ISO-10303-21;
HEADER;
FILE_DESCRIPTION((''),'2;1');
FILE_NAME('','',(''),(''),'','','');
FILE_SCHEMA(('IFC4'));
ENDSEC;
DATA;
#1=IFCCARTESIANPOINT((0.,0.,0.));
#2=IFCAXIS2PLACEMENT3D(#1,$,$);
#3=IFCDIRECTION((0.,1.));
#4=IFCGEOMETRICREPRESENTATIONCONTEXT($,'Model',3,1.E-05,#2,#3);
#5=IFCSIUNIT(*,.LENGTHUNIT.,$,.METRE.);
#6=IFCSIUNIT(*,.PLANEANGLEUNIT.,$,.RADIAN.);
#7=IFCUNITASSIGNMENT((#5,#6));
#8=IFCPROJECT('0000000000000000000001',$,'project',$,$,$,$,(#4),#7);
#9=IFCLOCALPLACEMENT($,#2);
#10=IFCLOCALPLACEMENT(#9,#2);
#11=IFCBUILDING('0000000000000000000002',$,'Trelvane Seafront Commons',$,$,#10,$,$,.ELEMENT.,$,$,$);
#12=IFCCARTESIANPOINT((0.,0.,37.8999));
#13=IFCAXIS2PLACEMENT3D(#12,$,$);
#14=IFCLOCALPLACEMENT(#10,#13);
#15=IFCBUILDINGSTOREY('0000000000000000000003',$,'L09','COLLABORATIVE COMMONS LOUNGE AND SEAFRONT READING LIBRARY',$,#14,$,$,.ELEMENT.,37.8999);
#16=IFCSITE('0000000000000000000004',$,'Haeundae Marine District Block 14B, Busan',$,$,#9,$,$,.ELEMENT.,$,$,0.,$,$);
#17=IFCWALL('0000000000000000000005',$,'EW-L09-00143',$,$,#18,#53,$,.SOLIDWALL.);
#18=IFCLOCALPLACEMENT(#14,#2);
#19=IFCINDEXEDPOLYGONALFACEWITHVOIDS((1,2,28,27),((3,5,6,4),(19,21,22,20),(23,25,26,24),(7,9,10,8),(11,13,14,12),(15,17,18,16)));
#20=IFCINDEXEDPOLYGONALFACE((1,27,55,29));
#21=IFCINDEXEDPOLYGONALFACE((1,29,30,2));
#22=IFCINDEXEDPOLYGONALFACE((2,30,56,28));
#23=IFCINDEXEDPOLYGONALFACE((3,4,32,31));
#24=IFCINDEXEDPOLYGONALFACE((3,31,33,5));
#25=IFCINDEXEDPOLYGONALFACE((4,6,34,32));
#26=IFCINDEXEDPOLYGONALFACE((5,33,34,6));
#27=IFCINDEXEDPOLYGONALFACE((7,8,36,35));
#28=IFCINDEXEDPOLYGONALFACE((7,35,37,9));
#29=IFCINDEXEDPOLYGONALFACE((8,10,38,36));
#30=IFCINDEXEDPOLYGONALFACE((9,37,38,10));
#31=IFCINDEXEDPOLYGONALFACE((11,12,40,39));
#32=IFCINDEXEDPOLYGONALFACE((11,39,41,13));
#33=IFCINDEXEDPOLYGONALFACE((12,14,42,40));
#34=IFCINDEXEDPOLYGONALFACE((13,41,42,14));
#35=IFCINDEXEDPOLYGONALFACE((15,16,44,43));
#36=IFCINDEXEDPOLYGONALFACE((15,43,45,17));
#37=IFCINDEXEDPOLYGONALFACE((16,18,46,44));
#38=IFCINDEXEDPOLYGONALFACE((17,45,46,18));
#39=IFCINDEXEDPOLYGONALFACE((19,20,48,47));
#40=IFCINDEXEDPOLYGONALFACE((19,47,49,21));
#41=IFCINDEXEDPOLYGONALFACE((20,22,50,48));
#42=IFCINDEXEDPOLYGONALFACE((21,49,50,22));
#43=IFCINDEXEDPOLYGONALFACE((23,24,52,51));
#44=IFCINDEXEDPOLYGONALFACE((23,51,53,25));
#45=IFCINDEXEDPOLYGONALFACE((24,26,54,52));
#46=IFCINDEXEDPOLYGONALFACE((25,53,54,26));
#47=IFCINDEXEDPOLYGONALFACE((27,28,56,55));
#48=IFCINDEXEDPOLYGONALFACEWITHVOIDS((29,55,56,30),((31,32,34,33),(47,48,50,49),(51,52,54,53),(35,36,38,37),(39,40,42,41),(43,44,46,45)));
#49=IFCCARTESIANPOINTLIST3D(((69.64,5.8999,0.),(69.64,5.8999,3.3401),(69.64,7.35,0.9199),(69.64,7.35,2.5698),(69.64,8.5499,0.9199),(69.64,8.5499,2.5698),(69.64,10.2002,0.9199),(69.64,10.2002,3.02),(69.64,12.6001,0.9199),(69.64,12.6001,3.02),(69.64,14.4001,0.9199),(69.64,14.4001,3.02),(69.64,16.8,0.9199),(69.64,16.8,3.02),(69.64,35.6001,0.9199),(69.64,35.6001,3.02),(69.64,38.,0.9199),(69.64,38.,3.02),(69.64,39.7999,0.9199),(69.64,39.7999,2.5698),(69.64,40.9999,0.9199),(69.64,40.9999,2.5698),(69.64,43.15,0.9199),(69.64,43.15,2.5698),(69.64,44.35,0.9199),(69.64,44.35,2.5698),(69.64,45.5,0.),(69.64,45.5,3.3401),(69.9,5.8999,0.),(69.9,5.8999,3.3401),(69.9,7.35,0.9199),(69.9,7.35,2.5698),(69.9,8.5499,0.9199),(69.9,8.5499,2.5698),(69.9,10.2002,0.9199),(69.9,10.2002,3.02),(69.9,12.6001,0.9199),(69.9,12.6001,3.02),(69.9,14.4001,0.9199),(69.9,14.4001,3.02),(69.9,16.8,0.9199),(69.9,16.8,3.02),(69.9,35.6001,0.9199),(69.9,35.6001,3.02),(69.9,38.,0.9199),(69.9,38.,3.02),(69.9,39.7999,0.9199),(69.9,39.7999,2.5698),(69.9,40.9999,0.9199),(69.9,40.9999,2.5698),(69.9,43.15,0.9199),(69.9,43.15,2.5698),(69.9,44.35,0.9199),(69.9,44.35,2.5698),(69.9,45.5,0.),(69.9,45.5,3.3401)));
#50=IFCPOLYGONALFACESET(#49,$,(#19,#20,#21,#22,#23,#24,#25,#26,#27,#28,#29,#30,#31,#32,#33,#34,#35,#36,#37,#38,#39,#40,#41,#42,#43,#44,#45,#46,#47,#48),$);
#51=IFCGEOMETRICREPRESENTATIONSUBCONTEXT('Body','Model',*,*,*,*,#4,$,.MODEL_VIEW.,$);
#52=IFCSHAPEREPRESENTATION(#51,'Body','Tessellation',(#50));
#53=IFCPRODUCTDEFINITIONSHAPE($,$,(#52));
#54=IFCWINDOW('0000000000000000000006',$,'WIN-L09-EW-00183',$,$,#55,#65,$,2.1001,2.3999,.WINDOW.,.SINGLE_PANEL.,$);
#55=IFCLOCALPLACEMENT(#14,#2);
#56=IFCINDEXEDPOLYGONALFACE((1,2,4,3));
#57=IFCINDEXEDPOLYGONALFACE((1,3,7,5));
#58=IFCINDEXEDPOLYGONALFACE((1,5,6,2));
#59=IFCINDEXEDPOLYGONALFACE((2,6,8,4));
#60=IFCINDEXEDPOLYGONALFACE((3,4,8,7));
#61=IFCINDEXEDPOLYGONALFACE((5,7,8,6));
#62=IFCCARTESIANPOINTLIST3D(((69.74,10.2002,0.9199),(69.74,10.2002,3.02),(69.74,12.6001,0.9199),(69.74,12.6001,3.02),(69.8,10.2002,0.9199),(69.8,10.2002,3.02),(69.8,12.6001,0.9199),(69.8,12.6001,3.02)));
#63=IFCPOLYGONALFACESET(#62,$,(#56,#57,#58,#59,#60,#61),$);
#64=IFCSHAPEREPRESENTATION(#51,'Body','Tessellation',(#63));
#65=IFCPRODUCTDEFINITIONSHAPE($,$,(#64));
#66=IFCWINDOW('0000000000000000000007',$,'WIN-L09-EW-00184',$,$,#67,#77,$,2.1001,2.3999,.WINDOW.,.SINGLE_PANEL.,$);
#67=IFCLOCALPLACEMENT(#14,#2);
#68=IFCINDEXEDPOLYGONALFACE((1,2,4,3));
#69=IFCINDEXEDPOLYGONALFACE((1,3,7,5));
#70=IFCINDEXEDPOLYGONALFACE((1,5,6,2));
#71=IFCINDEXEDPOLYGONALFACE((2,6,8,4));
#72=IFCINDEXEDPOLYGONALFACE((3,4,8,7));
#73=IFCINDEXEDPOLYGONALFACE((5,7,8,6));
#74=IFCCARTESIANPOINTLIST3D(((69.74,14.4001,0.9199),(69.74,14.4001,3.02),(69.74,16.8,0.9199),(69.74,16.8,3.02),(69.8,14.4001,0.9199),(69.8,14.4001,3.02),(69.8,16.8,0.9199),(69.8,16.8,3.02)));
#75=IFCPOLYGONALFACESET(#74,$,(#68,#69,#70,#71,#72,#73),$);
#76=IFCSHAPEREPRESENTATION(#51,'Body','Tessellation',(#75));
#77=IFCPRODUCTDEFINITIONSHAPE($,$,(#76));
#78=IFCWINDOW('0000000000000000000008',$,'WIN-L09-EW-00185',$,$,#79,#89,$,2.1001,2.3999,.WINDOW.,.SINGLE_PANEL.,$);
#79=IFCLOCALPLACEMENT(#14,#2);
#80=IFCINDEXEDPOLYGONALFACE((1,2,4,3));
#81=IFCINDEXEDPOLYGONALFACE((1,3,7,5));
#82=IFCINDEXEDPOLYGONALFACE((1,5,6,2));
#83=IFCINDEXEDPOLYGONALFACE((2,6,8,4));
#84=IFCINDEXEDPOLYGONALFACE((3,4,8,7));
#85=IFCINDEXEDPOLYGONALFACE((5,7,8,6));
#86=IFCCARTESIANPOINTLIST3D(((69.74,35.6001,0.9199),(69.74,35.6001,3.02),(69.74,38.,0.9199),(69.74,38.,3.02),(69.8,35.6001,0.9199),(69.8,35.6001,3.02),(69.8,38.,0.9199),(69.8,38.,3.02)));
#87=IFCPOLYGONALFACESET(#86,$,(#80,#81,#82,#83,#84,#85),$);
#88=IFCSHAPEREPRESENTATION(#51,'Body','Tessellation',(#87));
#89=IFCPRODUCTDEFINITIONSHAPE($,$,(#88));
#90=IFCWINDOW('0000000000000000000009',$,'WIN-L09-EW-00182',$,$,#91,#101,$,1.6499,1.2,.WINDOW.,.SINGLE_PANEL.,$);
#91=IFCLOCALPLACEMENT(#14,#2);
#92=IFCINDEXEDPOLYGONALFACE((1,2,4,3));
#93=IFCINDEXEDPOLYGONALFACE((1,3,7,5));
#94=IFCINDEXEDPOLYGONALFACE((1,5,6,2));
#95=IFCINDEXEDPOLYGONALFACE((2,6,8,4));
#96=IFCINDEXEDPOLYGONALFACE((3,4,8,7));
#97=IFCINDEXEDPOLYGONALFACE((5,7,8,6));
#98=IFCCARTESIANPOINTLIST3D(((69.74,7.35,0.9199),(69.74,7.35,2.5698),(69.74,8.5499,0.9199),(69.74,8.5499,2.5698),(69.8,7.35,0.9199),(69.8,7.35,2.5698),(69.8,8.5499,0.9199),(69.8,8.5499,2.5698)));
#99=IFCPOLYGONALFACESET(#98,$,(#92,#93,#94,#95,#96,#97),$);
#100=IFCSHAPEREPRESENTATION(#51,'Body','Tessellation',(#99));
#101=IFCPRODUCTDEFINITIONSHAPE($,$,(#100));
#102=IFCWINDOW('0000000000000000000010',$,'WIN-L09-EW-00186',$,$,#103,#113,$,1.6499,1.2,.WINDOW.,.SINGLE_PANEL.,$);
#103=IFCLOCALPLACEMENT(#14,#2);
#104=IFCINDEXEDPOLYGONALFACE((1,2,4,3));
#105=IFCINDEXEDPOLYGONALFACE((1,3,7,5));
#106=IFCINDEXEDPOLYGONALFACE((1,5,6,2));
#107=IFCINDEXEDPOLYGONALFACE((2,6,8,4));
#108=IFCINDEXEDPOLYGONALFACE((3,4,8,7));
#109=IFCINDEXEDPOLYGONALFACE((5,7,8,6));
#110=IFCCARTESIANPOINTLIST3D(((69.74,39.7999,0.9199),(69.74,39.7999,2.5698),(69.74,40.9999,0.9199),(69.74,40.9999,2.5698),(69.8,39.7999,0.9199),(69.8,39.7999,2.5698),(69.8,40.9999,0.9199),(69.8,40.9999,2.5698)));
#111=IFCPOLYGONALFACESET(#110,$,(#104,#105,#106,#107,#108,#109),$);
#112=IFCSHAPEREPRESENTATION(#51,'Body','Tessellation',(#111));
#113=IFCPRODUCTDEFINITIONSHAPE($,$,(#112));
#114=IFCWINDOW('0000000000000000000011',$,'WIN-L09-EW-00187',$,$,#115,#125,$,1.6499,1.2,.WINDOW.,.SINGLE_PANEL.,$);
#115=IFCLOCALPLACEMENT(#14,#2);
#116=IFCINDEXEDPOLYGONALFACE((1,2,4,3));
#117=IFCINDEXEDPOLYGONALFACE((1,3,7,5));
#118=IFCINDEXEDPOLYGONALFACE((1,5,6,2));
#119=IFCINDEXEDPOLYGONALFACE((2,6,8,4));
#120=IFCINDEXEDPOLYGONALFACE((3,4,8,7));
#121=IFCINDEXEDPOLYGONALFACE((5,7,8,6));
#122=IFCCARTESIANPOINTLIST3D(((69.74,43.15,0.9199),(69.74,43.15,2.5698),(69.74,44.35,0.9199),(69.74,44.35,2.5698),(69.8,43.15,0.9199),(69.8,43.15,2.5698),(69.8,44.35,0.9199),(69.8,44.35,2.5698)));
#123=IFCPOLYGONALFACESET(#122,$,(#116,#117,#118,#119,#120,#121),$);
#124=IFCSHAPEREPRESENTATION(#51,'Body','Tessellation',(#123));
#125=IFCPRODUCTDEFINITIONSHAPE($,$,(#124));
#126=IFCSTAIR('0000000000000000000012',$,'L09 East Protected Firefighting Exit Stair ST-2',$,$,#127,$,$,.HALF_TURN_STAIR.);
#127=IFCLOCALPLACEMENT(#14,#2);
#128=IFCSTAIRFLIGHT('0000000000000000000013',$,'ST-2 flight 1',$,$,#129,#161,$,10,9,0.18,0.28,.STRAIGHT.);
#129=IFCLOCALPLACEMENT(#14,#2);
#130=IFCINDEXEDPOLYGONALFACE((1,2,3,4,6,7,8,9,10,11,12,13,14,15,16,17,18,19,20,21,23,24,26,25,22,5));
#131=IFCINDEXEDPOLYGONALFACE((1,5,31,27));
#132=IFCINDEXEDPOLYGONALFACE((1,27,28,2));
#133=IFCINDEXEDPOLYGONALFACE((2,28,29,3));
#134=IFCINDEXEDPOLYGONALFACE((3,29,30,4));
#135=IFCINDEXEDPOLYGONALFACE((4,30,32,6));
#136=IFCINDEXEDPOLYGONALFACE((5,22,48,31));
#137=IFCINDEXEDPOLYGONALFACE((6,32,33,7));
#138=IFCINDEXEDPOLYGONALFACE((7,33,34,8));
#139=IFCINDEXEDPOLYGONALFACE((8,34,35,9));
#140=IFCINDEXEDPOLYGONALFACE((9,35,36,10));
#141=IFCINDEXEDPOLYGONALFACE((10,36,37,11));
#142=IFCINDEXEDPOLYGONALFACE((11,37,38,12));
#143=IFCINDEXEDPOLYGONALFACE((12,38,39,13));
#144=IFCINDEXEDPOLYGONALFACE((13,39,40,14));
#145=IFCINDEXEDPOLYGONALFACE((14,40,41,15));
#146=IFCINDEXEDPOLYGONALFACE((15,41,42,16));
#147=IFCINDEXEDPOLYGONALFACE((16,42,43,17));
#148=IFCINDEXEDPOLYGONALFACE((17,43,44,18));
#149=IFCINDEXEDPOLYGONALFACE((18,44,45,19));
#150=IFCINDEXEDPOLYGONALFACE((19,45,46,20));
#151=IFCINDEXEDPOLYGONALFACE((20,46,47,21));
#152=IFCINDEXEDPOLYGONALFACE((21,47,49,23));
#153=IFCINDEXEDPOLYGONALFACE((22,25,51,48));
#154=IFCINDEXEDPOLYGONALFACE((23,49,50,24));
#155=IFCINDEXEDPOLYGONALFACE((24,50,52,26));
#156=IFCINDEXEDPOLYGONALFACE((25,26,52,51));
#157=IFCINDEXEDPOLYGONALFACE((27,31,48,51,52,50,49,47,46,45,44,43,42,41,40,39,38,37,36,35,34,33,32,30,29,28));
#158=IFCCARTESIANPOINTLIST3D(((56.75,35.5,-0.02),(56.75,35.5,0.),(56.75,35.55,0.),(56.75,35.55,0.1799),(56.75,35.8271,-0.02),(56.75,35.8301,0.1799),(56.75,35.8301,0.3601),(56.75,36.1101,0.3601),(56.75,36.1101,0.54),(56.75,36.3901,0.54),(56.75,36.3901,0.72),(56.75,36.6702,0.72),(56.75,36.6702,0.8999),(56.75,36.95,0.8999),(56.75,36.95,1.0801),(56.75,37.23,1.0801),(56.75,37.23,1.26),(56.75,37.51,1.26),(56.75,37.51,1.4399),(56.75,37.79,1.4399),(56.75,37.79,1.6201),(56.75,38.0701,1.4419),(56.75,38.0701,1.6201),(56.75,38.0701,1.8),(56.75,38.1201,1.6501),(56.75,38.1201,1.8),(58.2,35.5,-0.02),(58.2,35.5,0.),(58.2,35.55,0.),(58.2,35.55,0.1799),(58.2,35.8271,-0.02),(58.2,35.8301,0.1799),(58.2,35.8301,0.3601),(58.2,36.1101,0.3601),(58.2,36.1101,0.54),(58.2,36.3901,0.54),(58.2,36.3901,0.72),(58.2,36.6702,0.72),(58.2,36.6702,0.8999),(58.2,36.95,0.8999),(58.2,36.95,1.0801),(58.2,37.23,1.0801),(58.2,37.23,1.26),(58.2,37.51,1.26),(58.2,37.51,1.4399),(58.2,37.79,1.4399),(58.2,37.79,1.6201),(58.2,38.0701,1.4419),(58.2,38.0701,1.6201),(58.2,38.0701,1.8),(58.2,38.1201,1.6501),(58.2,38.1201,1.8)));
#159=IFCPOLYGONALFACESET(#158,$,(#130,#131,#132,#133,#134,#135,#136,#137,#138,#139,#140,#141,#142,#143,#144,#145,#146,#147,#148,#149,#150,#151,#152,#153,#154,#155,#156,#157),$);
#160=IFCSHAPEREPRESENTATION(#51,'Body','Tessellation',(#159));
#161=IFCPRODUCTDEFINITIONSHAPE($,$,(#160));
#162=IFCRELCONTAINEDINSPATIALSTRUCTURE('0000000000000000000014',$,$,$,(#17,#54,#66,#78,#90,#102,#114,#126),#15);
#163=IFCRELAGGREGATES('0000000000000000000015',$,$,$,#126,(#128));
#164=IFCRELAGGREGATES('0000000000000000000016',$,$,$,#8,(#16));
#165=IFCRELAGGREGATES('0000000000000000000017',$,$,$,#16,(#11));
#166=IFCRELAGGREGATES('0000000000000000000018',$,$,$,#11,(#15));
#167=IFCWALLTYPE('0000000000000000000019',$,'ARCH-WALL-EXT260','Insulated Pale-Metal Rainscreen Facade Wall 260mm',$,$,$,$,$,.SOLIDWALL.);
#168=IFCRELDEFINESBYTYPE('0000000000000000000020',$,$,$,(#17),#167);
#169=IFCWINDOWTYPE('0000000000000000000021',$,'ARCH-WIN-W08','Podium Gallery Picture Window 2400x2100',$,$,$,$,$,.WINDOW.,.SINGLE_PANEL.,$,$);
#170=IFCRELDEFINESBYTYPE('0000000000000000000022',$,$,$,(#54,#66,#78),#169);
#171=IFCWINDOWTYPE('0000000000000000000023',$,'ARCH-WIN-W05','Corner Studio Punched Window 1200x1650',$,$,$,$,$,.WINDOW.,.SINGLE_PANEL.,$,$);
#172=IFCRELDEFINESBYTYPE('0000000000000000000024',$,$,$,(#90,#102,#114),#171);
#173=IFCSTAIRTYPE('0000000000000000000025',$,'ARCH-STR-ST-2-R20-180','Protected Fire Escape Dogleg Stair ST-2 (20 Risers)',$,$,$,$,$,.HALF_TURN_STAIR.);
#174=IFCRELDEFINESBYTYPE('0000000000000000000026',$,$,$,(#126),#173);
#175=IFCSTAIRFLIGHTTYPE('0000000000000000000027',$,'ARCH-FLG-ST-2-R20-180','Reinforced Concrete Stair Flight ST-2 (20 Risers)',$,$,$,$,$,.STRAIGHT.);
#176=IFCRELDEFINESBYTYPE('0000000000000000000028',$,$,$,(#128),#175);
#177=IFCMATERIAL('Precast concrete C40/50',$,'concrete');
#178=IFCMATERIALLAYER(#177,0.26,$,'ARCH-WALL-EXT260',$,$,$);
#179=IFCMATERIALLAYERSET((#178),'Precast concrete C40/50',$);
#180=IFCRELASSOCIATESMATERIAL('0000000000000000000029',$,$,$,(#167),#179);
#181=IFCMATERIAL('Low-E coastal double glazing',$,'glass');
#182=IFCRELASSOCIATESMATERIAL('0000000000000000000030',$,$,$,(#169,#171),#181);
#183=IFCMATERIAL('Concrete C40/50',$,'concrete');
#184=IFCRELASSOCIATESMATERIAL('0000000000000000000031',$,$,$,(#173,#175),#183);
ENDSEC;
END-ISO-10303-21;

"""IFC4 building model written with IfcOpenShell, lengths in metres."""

from ifc_helpers import new_model, si_unit, direction, frame, frame_2d, origin, place, context, subcontext, project, spatial, polyline, rectangle, outline, extrude, source, transform, mapped, material, layer, layer_set, type_object, element, fill, aggregate, save


model = new_model("IFC4")

# Units and contexts
model_context = context("Model", 3, precision=1e-05, world=origin(), true_north=direction((0.0, 1.0)))
body_context = subcontext(model_context, "Body", "Model", "MODEL_VIEW")
ifc_project = project(units=[si_unit("LENGTHUNIT", "METRE"), si_unit("PLANEANGLEUNIT", "RADIAN")], contexts=[model_context])

# Site, building, storey
site_placement = place(None, origin())
site = spatial("IfcSite", under=ifc_project, at=site_placement, Name="Haeundae Marine District Block 14B, Busan", CompositionType="ELEMENT", RefElevation=0.0)
building_placement = place(site_placement, origin())
building = spatial("IfcBuilding", under=site, at=building_placement, Name="Trelvane Seafront Commons", CompositionType="ELEMENT")
storey_placement = place(building_placement, frame((0.0, 0.0, 37.8999)))
storey = spatial("IfcBuildingStorey", under=building, at=storey_placement, Name="L09", Description="COLLABORATIVE COMMONS LOUNGE AND SEAFRONT READING LIBRARY", CompositionType="ELEMENT", Elevation=37.8999)

# Shared definitions
ifc_material_1 = material(Name="Low-E coastal double glazing", Category="glass")

# Shared definitions
ifc_material_2 = material(Name="Precast concrete C40/50", Category="concrete")
ifc_layer_1 = layer(ifc_material_2, 0.26, Name="ARCH-WALL-EXT260")
ifc_layer_set_1 = layer_set([ifc_layer_1], Name="Precast concrete C40/50")
wall_type_1 = type_object("IfcWallType", Name="ARCH-WALL-EXT260", Description="Insulated Pale-Metal Rainscreen Facade Wall 260mm", PredefinedType="SOLIDWALL", material=ifc_layer_set_1)

# Wall, openings, windows
wall_1_placement = place(storey_placement, frame((69.77, 45.5, 0.0), z_axis=(0.0, 0.0, 1.0), x_axis=(0.0, -1.0, 0.0)))
wall_1 = element("IfcWall", 1, at=wall_1_placement, inside=storey, type_object=wall_type_1, Name="EW-L09-00143", PredefinedType="SOLIDWALL", context=body_context, shape_type="SweptSolid", body=[
    extrude(rectangle(XDim=39.6001, YDim=0.26, at=frame_2d((19.8, 0.0))), origin(), (0.0, 0.0, 1.0), 3.3401),
])
opening_1_placement = place(wall_1_placement, frame((36.95, 0.0, 0.9199)))
opening_1 = element("IfcOpeningElement", 2, at=opening_1_placement, cuts=wall_1, PredefinedType="OPENING", context=body_context, shape_type="SweptSolid", body=[
    extrude(rectangle(XDim=1.2, YDim=1.6499, at=frame_2d((0.6001, 0.825))), frame((0.0, 0.1399, 0.0), z_axis=(0.0, -1.0, 0.0), x_axis=(1.0, 0.0, 0.0)), (0.0, 0.0, 1.0), 0.28),
])
opening_2_placement = place(wall_1_placement, frame((32.8999, 0.0, 0.9199)))
opening_2 = element("IfcOpeningElement", 3, at=opening_2_placement, cuts=wall_1, PredefinedType="OPENING", context=body_context, shape_type="SweptSolid", body=[
    extrude(rectangle(XDim=2.3999, YDim=2.1001, at=frame_2d((1.2, 1.05))), frame((0.0, 0.1399, 0.0), z_axis=(0.0, -1.0, 0.0), x_axis=(1.0, 0.0, 0.0)), (0.0, 0.0, 1.0), 0.28),
])
opening_3_placement = place(wall_1_placement, frame((28.7, 0.0, 0.9199)))
opening_3 = element("IfcOpeningElement", 4, at=opening_3_placement, cuts=wall_1, PredefinedType="OPENING", context=body_context, shape_type="SweptSolid", body=[
    extrude(rectangle(XDim=2.3999, YDim=2.1001, at=frame_2d((1.2, 1.05))), frame((0.0, 0.1399, 0.0), z_axis=(0.0, -1.0, 0.0), x_axis=(1.0, 0.0, 0.0)), (0.0, 0.0, 1.0), 0.28),
])
opening_4_placement = place(wall_1_placement, frame((7.5, 0.0, 0.9199)))
opening_4 = element("IfcOpeningElement", 5, at=opening_4_placement, cuts=wall_1, PredefinedType="OPENING", context=body_context, shape_type="SweptSolid", body=[
    extrude(rectangle(XDim=2.3999, YDim=2.1001, at=frame_2d((1.2, 1.05))), frame((0.0, 0.1399, 0.0), z_axis=(0.0, -1.0, 0.0), x_axis=(1.0, 0.0, 0.0)), (0.0, 0.0, 1.0), 0.28),
])
opening_5_placement = place(wall_1_placement, frame((4.5, 0.0, 0.9199)))
opening_5 = element("IfcOpeningElement", 6, at=opening_5_placement, cuts=wall_1, PredefinedType="OPENING", context=body_context, shape_type="SweptSolid", body=[
    extrude(rectangle(XDim=1.2, YDim=1.6499, at=frame_2d((0.6001, 0.825))), frame((0.0, 0.1399, 0.0), z_axis=(0.0, -1.0, 0.0), x_axis=(1.0, 0.0, 0.0)), (0.0, 0.0, 1.0), 0.28),
])
opening_6_placement = place(wall_1_placement, frame((1.1499, 0.0, 0.9199)))
opening_6 = element("IfcOpeningElement", 7, at=opening_6_placement, cuts=wall_1, PredefinedType="OPENING", context=body_context, shape_type="SweptSolid", body=[
    extrude(rectangle(XDim=1.2, YDim=1.6499, at=frame_2d((0.6001, 0.825))), frame((0.0, 0.1399, 0.0), z_axis=(0.0, -1.0, 0.0), x_axis=(1.0, 0.0, 0.0)), (0.0, 0.0, 1.0), 0.28),
])
window_type_1 = type_object("IfcWindowType", Name="ARCH-WIN-W08", Description="Podium Gallery Picture Window 2400x2100", PartitioningType="SINGLE_PANEL", PredefinedType="WINDOW", material=ifc_material_1)
shared_shape_1 = source(origin(), body_context, "Body", "SweptSolid", [
    extrude(rectangle(XDim=2.3999, YDim=2.1001, at=frame_2d((1.2, 1.05))), frame((0.0, 0.03, 0.0), z_axis=(0.0, -1.0, 0.0), x_axis=(1.0, 0.0, 0.0)), (0.0, 0.0, 1.0), 0.0601),
])
window_1_placement = place(opening_2_placement, origin())
window_1 = element("IfcWindow", 8, at=window_1_placement, inside=storey, type_object=window_type_1, Name="WIN-L09-EW-00183", OverallHeight=2.1001, OverallWidth=2.3999, PartitioningType="SINGLE_PANEL", PredefinedType="WINDOW", context=body_context, shape_type="MappedRepresentation", body=[
    mapped(shared_shape_1, transform((0.0, 0.0, 0.0), x_axis=(1.0, 0.0, 0.0), y_axis=(0.0, 1.0, 0.0), z_axis=(0.0, 0.0, 1.0), scale=1.0)),
])
fill(opening_2, window_1)
window_2_placement = place(opening_3_placement, origin())
window_2 = element("IfcWindow", 9, at=window_2_placement, inside=storey, type_object=window_type_1, Name="WIN-L09-EW-00184", OverallHeight=2.1001, OverallWidth=2.3999, PartitioningType="SINGLE_PANEL", PredefinedType="WINDOW", context=body_context, shape_type="MappedRepresentation", body=[
    mapped(shared_shape_1, transform((0.0, 0.0, 0.0), x_axis=(1.0, 0.0, 0.0), y_axis=(0.0, 1.0, 0.0), z_axis=(0.0, 0.0, 1.0), scale=1.0)),
])
fill(opening_3, window_2)
window_3_placement = place(opening_4_placement, origin())
window_3 = element("IfcWindow", 10, at=window_3_placement, inside=storey, type_object=window_type_1, Name="WIN-L09-EW-00185", OverallHeight=2.1001, OverallWidth=2.3999, PartitioningType="SINGLE_PANEL", PredefinedType="WINDOW", context=body_context, shape_type="MappedRepresentation", body=[
    mapped(shared_shape_1, transform((0.0, 0.0, 0.0), x_axis=(1.0, 0.0, 0.0), y_axis=(0.0, 1.0, 0.0), z_axis=(0.0, 0.0, 1.0), scale=1.0)),
])
fill(opening_4, window_3)
window_type_2 = type_object("IfcWindowType", Name="ARCH-WIN-W05", Description="Corner Studio Punched Window 1200x1650", PartitioningType="SINGLE_PANEL", PredefinedType="WINDOW", material=ifc_material_1)
shared_shape_2 = source(origin(), body_context, "Body", "SweptSolid", [
    extrude(rectangle(XDim=1.2, YDim=1.6499, at=frame_2d((0.6001, 0.825))), frame((0.0, 0.03, 0.0), z_axis=(0.0, -1.0, 0.0), x_axis=(1.0, 0.0, 0.0)), (0.0, 0.0, 1.0), 0.0601),
])
window_4_placement = place(opening_1_placement, origin())
window_4 = element("IfcWindow", 11, at=window_4_placement, inside=storey, type_object=window_type_2, Name="WIN-L09-EW-00182", OverallHeight=1.6499, OverallWidth=1.2, PartitioningType="SINGLE_PANEL", PredefinedType="WINDOW", context=body_context, shape_type="MappedRepresentation", body=[
    mapped(shared_shape_2, transform((0.0, 0.0, 0.0), x_axis=(1.0, 0.0, 0.0), y_axis=(0.0, 1.0, 0.0), z_axis=(0.0, 0.0, 1.0), scale=1.0)),
])
fill(opening_1, window_4)
window_5_placement = place(opening_5_placement, origin())
window_5 = element("IfcWindow", 12, at=window_5_placement, inside=storey, type_object=window_type_2, Name="WIN-L09-EW-00186", OverallHeight=1.6499, OverallWidth=1.2, PartitioningType="SINGLE_PANEL", PredefinedType="WINDOW", context=body_context, shape_type="MappedRepresentation", body=[
    mapped(shared_shape_2, transform((0.0, 0.0, 0.0), x_axis=(1.0, 0.0, 0.0), y_axis=(0.0, 1.0, 0.0), z_axis=(0.0, 0.0, 1.0), scale=1.0)),
])
fill(opening_5, window_5)
window_6_placement = place(opening_6_placement, origin())
window_6 = element("IfcWindow", 13, at=window_6_placement, inside=storey, type_object=window_type_2, Name="WIN-L09-EW-00187", OverallHeight=1.6499, OverallWidth=1.2, PartitioningType="SINGLE_PANEL", PredefinedType="WINDOW", context=body_context, shape_type="MappedRepresentation", body=[
    mapped(shared_shape_2, transform((0.0, 0.0, 0.0), x_axis=(1.0, 0.0, 0.0), y_axis=(0.0, 1.0, 0.0), z_axis=(0.0, 0.0, 1.0), scale=1.0)),
])
fill(opening_6, window_6)

# Stair, stair flight
ifc_material_3 = material(Name="Concrete C40/50", Category="concrete")
stair_type = type_object("IfcStairType", Name="ARCH-STR-ST-2-R20-180", Description="Protected Fire Escape Dogleg Stair ST-2 (20 Risers)", PredefinedType="HALF_TURN_STAIR", material=ifc_material_3)
stair_placement = place(storey_placement, origin())
stair = element("IfcStair", 14, at=stair_placement, inside=storey, type_object=stair_type, Name="L09 East Protected Firefighting Exit Stair ST-2", PredefinedType="HALF_TURN_STAIR")
stair_flight_type = type_object("IfcStairFlightType", Name="ARCH-FLG-ST-2-R20-180", Description="Reinforced Concrete Stair Flight ST-2 (20 Risers)", PredefinedType="STRAIGHT", material=ifc_material_3)
shared_shape_3 = source(origin(), body_context, "Body", "SweptSolid", [
    extrude(outline(polyline([(-0.05, -0.02), (-0.05, 0.0), (0.0, 0.0), (0.0, 0.1799), (0.28, 0.1799), (0.28, 0.3601), (0.5601, 0.3601), (0.5601, 0.54), (0.8401, 0.54), (0.8401, 0.72), (1.1201, 0.72), (1.1201, 0.8999), (1.3999, 0.8999), (1.3999, 1.0801), (1.6799, 1.0801), (1.6799, 1.26), (1.96, 1.26), (1.96, 1.4399), (2.24, 1.4399), (2.24, 1.6201), (2.52, 1.6201), (2.52, 1.8), (2.5701, 1.8), (2.5701, 1.6501), (2.52, 1.4419), (0.2771, -0.02), (-0.05, -0.02)])), frame((0.0, 0.7251, 0.0), z_axis=(0.0, -1.0, 0.0), x_axis=(1.0, 0.0, 0.0)), (0.0, 0.0, 1.0), 1.45),
])
stair_flight_placement = place(storey_placement, frame((57.4751, 35.55, 0.0), z_axis=(0.0, 0.0, 1.0), x_axis=(0.0, 1.0, 0.0)))
stair_flight = element("IfcStairFlight", 15, at=stair_flight_placement, type_object=stair_flight_type, Name="ST-2 flight 1", NumberOfRisers=10, NumberOfTreads=9, PredefinedType="STRAIGHT", RiserHeight=0.18, TreadLength=0.28, context=body_context, shape_type="MappedRepresentation", body=[
    mapped(shared_shape_3, transform((0.0, 0.0, 0.0), x_axis=(1.0, 0.0, 0.0), y_axis=(0.0, 1.0, 0.0), z_axis=(0.0, 0.0, 1.0), scale=1.0)),
])
aggregate(stair, [stair_flight])

save(model, "model.ifc")
